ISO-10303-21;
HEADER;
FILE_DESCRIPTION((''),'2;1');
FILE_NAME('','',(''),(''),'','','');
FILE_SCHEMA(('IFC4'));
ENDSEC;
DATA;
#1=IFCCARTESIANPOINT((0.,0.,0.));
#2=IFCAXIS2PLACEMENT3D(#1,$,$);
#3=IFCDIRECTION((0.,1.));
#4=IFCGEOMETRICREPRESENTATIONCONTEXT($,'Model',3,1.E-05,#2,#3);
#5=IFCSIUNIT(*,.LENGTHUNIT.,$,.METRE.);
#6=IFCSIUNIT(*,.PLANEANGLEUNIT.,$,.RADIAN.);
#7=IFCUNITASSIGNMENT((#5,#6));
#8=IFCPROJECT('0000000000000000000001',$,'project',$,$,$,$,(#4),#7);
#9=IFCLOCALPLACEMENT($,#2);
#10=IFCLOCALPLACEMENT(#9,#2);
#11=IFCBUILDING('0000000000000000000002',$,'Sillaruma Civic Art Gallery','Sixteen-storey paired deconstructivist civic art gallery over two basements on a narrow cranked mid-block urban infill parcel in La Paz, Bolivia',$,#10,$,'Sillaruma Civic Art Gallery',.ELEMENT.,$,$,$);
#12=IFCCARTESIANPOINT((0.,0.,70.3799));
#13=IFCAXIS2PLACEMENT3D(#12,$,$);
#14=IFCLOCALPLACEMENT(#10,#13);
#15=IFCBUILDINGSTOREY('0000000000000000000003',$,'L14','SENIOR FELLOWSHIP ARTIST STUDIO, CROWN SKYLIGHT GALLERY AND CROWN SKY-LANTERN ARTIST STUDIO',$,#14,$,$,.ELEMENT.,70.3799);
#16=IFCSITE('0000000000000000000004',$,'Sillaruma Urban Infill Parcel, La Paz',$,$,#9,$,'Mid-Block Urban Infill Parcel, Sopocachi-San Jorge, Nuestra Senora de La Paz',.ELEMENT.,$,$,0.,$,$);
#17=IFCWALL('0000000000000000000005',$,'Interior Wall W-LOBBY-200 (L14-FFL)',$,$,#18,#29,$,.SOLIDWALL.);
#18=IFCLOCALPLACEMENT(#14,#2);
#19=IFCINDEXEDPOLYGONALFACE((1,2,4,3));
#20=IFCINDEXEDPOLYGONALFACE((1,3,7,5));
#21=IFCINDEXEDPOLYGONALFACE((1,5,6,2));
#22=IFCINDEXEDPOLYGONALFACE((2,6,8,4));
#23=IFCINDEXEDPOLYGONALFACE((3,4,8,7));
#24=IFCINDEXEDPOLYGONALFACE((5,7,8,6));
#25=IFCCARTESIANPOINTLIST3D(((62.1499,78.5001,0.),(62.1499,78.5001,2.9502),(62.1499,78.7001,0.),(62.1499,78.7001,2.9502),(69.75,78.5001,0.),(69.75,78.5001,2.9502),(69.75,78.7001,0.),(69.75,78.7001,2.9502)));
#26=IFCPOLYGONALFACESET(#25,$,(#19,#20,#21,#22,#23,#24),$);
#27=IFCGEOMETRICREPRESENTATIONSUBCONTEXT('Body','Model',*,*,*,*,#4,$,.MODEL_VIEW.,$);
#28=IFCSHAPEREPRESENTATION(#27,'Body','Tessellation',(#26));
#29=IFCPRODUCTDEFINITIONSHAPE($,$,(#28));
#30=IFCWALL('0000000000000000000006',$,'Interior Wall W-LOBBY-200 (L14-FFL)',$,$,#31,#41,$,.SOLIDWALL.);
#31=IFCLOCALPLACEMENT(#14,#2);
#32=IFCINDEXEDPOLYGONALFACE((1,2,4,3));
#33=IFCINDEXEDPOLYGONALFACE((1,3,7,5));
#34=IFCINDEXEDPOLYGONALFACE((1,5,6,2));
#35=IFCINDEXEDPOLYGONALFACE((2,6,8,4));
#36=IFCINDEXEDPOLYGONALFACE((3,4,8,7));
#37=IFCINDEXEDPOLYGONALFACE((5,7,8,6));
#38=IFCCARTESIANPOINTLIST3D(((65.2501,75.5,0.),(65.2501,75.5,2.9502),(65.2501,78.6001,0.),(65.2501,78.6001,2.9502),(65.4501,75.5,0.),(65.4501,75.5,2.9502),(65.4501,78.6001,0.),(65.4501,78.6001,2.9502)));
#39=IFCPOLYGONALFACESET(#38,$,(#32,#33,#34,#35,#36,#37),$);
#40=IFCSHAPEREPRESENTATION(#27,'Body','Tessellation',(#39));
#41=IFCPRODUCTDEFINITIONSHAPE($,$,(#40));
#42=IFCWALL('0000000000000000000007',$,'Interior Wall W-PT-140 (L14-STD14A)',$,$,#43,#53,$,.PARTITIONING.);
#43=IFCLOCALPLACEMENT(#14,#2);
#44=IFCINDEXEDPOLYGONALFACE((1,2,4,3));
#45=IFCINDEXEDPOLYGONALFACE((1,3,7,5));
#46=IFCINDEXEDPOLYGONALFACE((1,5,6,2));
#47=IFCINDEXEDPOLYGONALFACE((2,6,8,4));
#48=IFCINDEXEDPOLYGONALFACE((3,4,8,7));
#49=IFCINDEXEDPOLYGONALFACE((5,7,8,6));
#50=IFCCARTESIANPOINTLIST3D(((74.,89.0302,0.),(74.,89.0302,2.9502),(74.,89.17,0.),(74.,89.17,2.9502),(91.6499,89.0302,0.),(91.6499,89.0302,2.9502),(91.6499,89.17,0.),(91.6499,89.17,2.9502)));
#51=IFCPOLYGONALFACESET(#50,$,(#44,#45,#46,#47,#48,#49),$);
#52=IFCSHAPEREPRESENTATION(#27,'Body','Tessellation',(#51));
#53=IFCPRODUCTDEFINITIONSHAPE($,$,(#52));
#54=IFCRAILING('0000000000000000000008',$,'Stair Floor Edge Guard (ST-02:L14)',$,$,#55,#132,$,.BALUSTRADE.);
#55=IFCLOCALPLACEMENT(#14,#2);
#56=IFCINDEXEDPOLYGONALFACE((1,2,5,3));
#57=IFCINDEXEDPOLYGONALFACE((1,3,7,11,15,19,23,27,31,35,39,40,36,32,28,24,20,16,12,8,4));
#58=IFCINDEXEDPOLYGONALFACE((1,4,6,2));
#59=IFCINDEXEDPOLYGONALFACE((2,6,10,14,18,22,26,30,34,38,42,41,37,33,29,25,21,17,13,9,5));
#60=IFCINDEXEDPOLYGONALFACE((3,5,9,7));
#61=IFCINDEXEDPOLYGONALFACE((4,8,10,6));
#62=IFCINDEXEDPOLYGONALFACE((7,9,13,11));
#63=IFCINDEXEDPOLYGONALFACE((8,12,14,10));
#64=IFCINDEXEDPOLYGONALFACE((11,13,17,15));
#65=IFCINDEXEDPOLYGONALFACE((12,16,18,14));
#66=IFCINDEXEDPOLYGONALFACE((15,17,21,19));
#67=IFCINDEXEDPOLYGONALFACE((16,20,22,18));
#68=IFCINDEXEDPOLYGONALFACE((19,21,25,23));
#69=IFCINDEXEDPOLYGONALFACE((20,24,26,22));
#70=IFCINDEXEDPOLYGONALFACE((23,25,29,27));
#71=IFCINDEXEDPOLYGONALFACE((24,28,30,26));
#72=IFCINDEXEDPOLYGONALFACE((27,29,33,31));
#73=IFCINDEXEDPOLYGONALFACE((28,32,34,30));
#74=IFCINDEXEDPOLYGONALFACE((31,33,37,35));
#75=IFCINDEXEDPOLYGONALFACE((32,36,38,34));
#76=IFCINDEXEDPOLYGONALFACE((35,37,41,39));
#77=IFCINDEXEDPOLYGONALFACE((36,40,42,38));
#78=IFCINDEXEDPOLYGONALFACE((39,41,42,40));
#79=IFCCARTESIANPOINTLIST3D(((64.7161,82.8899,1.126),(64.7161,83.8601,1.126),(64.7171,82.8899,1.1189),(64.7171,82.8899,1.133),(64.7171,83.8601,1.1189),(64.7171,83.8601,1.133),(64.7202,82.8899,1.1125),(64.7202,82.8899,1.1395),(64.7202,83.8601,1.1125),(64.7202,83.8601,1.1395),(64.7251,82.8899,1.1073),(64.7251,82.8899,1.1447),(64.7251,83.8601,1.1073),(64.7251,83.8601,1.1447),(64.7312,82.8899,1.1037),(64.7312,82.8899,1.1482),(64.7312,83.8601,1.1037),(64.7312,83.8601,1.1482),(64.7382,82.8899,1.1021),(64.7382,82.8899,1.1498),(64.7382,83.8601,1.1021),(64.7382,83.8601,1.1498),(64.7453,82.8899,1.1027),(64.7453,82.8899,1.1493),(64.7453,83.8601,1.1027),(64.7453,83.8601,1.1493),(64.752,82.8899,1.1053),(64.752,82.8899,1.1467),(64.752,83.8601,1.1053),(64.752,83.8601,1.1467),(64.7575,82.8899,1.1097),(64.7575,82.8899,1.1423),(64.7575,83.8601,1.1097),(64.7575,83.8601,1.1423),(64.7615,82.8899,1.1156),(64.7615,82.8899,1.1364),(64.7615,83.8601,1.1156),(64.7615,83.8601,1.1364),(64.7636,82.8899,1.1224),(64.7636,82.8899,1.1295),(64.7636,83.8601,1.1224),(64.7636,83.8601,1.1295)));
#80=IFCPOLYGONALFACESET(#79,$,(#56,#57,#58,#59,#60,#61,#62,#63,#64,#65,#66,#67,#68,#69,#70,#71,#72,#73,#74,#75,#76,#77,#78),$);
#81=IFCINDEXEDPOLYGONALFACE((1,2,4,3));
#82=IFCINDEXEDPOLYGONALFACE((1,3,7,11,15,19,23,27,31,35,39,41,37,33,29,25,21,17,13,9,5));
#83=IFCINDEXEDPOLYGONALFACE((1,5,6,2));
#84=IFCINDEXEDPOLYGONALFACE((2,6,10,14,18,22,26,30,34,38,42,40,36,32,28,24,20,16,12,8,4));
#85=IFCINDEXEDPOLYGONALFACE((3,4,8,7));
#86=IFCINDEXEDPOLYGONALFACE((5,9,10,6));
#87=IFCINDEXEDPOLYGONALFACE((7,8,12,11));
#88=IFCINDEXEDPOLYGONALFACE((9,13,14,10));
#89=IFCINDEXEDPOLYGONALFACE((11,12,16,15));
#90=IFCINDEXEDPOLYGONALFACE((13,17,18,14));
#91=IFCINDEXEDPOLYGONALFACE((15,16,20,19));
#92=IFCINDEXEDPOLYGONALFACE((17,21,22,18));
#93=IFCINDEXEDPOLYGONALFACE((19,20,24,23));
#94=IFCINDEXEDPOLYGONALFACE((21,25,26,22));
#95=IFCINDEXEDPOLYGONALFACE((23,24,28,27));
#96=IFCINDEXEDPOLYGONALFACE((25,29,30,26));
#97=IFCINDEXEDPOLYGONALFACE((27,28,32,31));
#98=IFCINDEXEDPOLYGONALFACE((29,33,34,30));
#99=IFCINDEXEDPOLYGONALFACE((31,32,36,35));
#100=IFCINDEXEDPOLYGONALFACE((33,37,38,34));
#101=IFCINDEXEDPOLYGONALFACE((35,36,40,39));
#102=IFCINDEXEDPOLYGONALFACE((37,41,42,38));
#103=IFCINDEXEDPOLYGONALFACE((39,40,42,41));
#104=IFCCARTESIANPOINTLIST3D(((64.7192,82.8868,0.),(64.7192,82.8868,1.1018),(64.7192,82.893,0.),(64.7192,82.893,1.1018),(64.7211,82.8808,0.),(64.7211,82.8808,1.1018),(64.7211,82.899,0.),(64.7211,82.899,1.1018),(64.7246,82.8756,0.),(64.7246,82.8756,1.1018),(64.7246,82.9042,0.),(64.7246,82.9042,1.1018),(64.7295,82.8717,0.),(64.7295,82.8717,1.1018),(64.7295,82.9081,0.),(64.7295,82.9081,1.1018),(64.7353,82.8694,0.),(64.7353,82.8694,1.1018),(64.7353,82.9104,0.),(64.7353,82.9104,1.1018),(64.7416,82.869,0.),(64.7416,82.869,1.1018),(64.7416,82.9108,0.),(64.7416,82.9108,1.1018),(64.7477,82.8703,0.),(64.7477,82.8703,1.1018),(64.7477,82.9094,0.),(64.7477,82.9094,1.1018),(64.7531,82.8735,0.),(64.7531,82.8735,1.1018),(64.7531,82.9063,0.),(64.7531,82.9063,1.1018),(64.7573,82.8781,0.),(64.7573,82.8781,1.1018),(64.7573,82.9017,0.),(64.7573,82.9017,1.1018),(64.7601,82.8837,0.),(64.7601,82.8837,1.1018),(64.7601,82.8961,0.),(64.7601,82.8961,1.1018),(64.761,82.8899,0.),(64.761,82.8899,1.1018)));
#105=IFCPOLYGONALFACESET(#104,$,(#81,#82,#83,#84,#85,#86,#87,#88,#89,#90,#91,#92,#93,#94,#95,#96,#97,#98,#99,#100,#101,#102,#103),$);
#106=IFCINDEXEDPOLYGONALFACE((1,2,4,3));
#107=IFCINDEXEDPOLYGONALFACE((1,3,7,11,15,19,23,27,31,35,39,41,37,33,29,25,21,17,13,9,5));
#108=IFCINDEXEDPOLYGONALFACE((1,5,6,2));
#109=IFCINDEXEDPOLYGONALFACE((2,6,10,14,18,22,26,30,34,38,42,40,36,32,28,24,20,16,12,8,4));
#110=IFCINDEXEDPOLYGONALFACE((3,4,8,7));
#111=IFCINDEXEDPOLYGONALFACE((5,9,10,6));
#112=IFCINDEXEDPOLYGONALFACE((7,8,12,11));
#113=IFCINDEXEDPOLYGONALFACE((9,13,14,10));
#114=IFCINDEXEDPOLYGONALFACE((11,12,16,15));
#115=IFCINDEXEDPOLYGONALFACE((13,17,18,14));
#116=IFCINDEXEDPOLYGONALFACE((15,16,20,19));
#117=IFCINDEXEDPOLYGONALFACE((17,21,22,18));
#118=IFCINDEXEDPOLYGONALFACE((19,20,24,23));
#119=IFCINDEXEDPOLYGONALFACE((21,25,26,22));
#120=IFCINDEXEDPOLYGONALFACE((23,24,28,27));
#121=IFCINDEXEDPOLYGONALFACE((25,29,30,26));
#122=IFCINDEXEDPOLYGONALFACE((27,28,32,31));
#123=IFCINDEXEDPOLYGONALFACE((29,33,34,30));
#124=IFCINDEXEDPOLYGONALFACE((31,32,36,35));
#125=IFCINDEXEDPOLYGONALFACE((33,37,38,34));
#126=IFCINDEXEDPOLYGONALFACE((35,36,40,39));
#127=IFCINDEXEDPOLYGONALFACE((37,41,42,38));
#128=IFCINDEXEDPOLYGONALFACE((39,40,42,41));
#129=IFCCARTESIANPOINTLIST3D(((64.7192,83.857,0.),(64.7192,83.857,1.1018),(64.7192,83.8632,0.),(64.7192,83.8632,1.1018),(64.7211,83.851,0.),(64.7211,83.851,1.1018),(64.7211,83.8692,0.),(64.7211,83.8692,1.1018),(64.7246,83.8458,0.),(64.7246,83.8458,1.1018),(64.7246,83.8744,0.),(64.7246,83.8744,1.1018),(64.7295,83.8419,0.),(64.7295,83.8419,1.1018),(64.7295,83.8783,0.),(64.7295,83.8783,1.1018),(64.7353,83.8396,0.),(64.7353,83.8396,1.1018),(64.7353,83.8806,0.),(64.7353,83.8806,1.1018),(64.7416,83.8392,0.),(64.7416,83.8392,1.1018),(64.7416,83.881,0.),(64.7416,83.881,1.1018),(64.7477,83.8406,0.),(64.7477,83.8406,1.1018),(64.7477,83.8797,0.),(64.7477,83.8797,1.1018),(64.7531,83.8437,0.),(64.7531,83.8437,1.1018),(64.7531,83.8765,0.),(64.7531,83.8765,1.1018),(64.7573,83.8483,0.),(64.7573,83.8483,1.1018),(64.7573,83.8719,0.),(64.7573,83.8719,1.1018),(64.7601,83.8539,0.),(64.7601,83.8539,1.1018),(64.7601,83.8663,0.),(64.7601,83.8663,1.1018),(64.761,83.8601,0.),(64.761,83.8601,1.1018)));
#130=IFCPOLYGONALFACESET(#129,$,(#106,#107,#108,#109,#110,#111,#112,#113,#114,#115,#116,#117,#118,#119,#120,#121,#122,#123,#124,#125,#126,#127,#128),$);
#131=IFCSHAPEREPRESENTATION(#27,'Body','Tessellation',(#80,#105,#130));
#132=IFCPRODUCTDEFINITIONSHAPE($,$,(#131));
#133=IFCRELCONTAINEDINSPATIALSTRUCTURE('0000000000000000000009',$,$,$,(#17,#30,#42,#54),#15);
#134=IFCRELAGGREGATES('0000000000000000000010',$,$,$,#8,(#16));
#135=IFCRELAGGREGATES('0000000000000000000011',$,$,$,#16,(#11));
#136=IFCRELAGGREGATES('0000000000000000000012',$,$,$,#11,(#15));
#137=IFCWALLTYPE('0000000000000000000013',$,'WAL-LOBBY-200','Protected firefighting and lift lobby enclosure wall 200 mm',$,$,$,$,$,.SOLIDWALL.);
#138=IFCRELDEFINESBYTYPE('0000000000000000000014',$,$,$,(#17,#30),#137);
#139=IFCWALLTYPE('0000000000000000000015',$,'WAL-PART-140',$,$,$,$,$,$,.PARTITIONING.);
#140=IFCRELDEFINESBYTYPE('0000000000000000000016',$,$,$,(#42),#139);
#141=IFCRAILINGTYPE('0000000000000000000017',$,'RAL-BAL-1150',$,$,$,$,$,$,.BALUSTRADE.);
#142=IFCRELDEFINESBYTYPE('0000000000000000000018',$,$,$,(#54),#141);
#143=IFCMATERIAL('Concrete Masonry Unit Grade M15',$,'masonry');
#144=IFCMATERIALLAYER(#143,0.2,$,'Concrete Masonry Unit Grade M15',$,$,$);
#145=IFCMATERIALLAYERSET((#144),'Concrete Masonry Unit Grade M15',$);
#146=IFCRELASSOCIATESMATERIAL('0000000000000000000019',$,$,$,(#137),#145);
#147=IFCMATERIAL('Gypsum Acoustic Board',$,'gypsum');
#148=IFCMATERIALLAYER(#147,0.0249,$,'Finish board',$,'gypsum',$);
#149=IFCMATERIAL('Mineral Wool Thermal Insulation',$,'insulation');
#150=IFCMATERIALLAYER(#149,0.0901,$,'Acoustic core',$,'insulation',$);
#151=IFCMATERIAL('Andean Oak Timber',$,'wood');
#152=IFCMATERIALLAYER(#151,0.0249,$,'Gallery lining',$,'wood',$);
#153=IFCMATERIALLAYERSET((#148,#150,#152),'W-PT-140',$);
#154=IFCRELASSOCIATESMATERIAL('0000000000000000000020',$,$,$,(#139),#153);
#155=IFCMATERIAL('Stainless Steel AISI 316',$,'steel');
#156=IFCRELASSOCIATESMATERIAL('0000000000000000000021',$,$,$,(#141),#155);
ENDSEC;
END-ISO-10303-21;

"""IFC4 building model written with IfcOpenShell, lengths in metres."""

from ifc_helpers import new_model, si_unit, direction, frame, frame_2d, origin, origin_2d, place, context, subcontext, project, spatial, rectangle, circle, extrude, material, layer, layer_set, type_object, element, save


model = new_model("IFC4")

# Units and contexts
model_context = context("Model", 3, precision=1e-05, world=origin(), true_north=direction((0.0, 1.0)))
body_context = subcontext(model_context, "Body", "Model", "MODEL_VIEW")
ifc_project = project(units=[si_unit("LENGTHUNIT", "METRE"), si_unit("PLANEANGLEUNIT", "RADIAN")], contexts=[model_context])

# Site, building, storey
site_placement = place(None, origin())
site = spatial("IfcSite", under=ifc_project, at=site_placement, Name="Sillaruma Urban Infill Parcel, La Paz", LongName="Mid-Block Urban Infill Parcel, Sopocachi-San Jorge, Nuestra Senora de La Paz", CompositionType="ELEMENT", RefElevation=0.0)
building_placement = place(site_placement, origin())
building = spatial("IfcBuilding", under=site, at=building_placement, Name="Sillaruma Civic Art Gallery", Description="Sixteen-storey paired deconstructivist civic art gallery over two basements on a narrow cranked mid-block urban infill parcel in La Paz, Bolivia", LongName="Sillaruma Civic Art Gallery", CompositionType="ELEMENT")
storey_placement = place(building_placement, frame((0.0, 0.0, 70.3799)))
storey = spatial("IfcBuildingStorey", under=building, at=storey_placement, Name="L14", Description="SENIOR FELLOWSHIP ARTIST STUDIO, CROWN SKYLIGHT GALLERY AND CROWN SKY-LANTERN ARTIST STUDIO", CompositionType="ELEMENT", Elevation=70.3799)

# Shared definitions
ifc_material_1 = material(Name="Mineral Wool Thermal Insulation", Category="insulation")

# Walls
ifc_material_2 = material(Name="Concrete Masonry Unit Grade M15", Category="masonry")
ifc_layer_1 = layer(ifc_material_2, 0.2, Name="Concrete Masonry Unit Grade M15")
ifc_layer_set_1 = layer_set([ifc_layer_1], Name="Concrete Masonry Unit Grade M15")
wall_type_1 = type_object("IfcWallType", Name="WAL-LOBBY-200", Description="Protected firefighting and lift lobby enclosure wall 200 mm", PredefinedType="SOLIDWALL", material=ifc_layer_set_1)
wall_1_placement = place(storey_placement, frame((62.1499, 78.6001, 0.0), z_axis=(0.0, 0.0, 1.0), x_axis=(1.0, 0.0, 0.0)))
element("IfcWall", 1, at=wall_1_placement, inside=storey, type_object=wall_type_1, Name="Interior Wall W-LOBBY-200 (L14-FFL)", PredefinedType="SOLIDWALL", context=body_context, shape_type="SweptSolid", body=[
    extrude(rectangle(XDim=7.6001, YDim=0.2, at=frame_2d((3.8, 0.0))), origin(), (0.0, 0.0, 1.0), 2.9502),
])
wall_2_placement = place(storey_placement, frame((65.3501, 75.5, 0.0), z_axis=(0.0, 0.0, 1.0), x_axis=(0.0, 1.0, 0.0)))
element("IfcWall", 2, at=wall_2_placement, inside=storey, type_object=wall_type_1, Name="Interior Wall W-LOBBY-200 (L14-FFL)", PredefinedType="SOLIDWALL", context=body_context, shape_type="SweptSolid", body=[
    extrude(rectangle(XDim=3.1001, YDim=0.2, at=frame_2d((1.55, 0.0))), origin(), (0.0, 0.0, 1.0), 2.9502),
])
ifc_material_3 = material(Name="Gypsum Acoustic Board", Category="gypsum")
ifc_layer_2 = layer(ifc_material_3, 0.0249, Name="Finish board", Category="gypsum")
ifc_layer_3 = layer(ifc_material_1, 0.0901, Name="Acoustic core", Category="insulation")
ifc_material_4 = material(Name="Andean Oak Timber", Category="wood")
ifc_layer_4 = layer(ifc_material_4, 0.0249, Name="Gallery lining", Category="wood")
ifc_layer_set_2 = layer_set([ifc_layer_2, ifc_layer_3, ifc_layer_4], Name="W-PT-140")
wall_type_2 = type_object("IfcWallType", Name="WAL-PART-140", PredefinedType="PARTITIONING", material=ifc_layer_set_2)
wall_3_placement = place(storey_placement, frame((74.0, 89.1001, 0.0), z_axis=(0.0, 0.0, 1.0), x_axis=(1.0, 0.0, 0.0)))
element("IfcWall", 3, at=wall_3_placement, inside=storey, type_object=wall_type_2, Name="Interior Wall W-PT-140 (L14-STD14A)", PredefinedType="PARTITIONING", context=body_context, shape_type="SweptSolid", body=[
    extrude(rectangle(XDim=17.6499, YDim=0.1399, at=frame_2d((8.825, 0.0))), origin(), (0.0, 0.0, 1.0), 2.9502),
])

# Railing
ifc_material_5 = material(Name="Stainless Steel AISI 316", Category="steel")
railing_type_1 = type_object("IfcRailingType", Name="RAL-BAL-1150", PredefinedType="BALUSTRADE", material=ifc_material_5)
railing_1_placement = place(storey_placement, frame((64.74, 82.8899, 0.0)))
element("IfcRailing", 4, at=railing_1_placement, inside=storey, type_object=railing_type_1, Name="Stair Floor Edge Guard (ST-02:L14)", PredefinedType="BALUSTRADE", context=body_context, shape_type="SweptSolid", body=[
    extrude(circle(Radius=0.0239, at=origin_2d()), frame((0.0, 0.0, 1.126), z_axis=(0.0, 1.0, 0.0), x_axis=(-1.0, 0.0, 0.0)), (0.0, 0.0, 1.0), 0.9702),
    extrude(circle(Radius=0.021, at=origin_2d()), origin(), (0.0, 0.0, 1.0), 1.1018),
    extrude(circle(Radius=0.021, at=origin_2d()), frame((0.0, 0.9702, 0.0)), (0.0, 0.0, 1.0), 1.1018),
])

save(model, "model.ifc")
